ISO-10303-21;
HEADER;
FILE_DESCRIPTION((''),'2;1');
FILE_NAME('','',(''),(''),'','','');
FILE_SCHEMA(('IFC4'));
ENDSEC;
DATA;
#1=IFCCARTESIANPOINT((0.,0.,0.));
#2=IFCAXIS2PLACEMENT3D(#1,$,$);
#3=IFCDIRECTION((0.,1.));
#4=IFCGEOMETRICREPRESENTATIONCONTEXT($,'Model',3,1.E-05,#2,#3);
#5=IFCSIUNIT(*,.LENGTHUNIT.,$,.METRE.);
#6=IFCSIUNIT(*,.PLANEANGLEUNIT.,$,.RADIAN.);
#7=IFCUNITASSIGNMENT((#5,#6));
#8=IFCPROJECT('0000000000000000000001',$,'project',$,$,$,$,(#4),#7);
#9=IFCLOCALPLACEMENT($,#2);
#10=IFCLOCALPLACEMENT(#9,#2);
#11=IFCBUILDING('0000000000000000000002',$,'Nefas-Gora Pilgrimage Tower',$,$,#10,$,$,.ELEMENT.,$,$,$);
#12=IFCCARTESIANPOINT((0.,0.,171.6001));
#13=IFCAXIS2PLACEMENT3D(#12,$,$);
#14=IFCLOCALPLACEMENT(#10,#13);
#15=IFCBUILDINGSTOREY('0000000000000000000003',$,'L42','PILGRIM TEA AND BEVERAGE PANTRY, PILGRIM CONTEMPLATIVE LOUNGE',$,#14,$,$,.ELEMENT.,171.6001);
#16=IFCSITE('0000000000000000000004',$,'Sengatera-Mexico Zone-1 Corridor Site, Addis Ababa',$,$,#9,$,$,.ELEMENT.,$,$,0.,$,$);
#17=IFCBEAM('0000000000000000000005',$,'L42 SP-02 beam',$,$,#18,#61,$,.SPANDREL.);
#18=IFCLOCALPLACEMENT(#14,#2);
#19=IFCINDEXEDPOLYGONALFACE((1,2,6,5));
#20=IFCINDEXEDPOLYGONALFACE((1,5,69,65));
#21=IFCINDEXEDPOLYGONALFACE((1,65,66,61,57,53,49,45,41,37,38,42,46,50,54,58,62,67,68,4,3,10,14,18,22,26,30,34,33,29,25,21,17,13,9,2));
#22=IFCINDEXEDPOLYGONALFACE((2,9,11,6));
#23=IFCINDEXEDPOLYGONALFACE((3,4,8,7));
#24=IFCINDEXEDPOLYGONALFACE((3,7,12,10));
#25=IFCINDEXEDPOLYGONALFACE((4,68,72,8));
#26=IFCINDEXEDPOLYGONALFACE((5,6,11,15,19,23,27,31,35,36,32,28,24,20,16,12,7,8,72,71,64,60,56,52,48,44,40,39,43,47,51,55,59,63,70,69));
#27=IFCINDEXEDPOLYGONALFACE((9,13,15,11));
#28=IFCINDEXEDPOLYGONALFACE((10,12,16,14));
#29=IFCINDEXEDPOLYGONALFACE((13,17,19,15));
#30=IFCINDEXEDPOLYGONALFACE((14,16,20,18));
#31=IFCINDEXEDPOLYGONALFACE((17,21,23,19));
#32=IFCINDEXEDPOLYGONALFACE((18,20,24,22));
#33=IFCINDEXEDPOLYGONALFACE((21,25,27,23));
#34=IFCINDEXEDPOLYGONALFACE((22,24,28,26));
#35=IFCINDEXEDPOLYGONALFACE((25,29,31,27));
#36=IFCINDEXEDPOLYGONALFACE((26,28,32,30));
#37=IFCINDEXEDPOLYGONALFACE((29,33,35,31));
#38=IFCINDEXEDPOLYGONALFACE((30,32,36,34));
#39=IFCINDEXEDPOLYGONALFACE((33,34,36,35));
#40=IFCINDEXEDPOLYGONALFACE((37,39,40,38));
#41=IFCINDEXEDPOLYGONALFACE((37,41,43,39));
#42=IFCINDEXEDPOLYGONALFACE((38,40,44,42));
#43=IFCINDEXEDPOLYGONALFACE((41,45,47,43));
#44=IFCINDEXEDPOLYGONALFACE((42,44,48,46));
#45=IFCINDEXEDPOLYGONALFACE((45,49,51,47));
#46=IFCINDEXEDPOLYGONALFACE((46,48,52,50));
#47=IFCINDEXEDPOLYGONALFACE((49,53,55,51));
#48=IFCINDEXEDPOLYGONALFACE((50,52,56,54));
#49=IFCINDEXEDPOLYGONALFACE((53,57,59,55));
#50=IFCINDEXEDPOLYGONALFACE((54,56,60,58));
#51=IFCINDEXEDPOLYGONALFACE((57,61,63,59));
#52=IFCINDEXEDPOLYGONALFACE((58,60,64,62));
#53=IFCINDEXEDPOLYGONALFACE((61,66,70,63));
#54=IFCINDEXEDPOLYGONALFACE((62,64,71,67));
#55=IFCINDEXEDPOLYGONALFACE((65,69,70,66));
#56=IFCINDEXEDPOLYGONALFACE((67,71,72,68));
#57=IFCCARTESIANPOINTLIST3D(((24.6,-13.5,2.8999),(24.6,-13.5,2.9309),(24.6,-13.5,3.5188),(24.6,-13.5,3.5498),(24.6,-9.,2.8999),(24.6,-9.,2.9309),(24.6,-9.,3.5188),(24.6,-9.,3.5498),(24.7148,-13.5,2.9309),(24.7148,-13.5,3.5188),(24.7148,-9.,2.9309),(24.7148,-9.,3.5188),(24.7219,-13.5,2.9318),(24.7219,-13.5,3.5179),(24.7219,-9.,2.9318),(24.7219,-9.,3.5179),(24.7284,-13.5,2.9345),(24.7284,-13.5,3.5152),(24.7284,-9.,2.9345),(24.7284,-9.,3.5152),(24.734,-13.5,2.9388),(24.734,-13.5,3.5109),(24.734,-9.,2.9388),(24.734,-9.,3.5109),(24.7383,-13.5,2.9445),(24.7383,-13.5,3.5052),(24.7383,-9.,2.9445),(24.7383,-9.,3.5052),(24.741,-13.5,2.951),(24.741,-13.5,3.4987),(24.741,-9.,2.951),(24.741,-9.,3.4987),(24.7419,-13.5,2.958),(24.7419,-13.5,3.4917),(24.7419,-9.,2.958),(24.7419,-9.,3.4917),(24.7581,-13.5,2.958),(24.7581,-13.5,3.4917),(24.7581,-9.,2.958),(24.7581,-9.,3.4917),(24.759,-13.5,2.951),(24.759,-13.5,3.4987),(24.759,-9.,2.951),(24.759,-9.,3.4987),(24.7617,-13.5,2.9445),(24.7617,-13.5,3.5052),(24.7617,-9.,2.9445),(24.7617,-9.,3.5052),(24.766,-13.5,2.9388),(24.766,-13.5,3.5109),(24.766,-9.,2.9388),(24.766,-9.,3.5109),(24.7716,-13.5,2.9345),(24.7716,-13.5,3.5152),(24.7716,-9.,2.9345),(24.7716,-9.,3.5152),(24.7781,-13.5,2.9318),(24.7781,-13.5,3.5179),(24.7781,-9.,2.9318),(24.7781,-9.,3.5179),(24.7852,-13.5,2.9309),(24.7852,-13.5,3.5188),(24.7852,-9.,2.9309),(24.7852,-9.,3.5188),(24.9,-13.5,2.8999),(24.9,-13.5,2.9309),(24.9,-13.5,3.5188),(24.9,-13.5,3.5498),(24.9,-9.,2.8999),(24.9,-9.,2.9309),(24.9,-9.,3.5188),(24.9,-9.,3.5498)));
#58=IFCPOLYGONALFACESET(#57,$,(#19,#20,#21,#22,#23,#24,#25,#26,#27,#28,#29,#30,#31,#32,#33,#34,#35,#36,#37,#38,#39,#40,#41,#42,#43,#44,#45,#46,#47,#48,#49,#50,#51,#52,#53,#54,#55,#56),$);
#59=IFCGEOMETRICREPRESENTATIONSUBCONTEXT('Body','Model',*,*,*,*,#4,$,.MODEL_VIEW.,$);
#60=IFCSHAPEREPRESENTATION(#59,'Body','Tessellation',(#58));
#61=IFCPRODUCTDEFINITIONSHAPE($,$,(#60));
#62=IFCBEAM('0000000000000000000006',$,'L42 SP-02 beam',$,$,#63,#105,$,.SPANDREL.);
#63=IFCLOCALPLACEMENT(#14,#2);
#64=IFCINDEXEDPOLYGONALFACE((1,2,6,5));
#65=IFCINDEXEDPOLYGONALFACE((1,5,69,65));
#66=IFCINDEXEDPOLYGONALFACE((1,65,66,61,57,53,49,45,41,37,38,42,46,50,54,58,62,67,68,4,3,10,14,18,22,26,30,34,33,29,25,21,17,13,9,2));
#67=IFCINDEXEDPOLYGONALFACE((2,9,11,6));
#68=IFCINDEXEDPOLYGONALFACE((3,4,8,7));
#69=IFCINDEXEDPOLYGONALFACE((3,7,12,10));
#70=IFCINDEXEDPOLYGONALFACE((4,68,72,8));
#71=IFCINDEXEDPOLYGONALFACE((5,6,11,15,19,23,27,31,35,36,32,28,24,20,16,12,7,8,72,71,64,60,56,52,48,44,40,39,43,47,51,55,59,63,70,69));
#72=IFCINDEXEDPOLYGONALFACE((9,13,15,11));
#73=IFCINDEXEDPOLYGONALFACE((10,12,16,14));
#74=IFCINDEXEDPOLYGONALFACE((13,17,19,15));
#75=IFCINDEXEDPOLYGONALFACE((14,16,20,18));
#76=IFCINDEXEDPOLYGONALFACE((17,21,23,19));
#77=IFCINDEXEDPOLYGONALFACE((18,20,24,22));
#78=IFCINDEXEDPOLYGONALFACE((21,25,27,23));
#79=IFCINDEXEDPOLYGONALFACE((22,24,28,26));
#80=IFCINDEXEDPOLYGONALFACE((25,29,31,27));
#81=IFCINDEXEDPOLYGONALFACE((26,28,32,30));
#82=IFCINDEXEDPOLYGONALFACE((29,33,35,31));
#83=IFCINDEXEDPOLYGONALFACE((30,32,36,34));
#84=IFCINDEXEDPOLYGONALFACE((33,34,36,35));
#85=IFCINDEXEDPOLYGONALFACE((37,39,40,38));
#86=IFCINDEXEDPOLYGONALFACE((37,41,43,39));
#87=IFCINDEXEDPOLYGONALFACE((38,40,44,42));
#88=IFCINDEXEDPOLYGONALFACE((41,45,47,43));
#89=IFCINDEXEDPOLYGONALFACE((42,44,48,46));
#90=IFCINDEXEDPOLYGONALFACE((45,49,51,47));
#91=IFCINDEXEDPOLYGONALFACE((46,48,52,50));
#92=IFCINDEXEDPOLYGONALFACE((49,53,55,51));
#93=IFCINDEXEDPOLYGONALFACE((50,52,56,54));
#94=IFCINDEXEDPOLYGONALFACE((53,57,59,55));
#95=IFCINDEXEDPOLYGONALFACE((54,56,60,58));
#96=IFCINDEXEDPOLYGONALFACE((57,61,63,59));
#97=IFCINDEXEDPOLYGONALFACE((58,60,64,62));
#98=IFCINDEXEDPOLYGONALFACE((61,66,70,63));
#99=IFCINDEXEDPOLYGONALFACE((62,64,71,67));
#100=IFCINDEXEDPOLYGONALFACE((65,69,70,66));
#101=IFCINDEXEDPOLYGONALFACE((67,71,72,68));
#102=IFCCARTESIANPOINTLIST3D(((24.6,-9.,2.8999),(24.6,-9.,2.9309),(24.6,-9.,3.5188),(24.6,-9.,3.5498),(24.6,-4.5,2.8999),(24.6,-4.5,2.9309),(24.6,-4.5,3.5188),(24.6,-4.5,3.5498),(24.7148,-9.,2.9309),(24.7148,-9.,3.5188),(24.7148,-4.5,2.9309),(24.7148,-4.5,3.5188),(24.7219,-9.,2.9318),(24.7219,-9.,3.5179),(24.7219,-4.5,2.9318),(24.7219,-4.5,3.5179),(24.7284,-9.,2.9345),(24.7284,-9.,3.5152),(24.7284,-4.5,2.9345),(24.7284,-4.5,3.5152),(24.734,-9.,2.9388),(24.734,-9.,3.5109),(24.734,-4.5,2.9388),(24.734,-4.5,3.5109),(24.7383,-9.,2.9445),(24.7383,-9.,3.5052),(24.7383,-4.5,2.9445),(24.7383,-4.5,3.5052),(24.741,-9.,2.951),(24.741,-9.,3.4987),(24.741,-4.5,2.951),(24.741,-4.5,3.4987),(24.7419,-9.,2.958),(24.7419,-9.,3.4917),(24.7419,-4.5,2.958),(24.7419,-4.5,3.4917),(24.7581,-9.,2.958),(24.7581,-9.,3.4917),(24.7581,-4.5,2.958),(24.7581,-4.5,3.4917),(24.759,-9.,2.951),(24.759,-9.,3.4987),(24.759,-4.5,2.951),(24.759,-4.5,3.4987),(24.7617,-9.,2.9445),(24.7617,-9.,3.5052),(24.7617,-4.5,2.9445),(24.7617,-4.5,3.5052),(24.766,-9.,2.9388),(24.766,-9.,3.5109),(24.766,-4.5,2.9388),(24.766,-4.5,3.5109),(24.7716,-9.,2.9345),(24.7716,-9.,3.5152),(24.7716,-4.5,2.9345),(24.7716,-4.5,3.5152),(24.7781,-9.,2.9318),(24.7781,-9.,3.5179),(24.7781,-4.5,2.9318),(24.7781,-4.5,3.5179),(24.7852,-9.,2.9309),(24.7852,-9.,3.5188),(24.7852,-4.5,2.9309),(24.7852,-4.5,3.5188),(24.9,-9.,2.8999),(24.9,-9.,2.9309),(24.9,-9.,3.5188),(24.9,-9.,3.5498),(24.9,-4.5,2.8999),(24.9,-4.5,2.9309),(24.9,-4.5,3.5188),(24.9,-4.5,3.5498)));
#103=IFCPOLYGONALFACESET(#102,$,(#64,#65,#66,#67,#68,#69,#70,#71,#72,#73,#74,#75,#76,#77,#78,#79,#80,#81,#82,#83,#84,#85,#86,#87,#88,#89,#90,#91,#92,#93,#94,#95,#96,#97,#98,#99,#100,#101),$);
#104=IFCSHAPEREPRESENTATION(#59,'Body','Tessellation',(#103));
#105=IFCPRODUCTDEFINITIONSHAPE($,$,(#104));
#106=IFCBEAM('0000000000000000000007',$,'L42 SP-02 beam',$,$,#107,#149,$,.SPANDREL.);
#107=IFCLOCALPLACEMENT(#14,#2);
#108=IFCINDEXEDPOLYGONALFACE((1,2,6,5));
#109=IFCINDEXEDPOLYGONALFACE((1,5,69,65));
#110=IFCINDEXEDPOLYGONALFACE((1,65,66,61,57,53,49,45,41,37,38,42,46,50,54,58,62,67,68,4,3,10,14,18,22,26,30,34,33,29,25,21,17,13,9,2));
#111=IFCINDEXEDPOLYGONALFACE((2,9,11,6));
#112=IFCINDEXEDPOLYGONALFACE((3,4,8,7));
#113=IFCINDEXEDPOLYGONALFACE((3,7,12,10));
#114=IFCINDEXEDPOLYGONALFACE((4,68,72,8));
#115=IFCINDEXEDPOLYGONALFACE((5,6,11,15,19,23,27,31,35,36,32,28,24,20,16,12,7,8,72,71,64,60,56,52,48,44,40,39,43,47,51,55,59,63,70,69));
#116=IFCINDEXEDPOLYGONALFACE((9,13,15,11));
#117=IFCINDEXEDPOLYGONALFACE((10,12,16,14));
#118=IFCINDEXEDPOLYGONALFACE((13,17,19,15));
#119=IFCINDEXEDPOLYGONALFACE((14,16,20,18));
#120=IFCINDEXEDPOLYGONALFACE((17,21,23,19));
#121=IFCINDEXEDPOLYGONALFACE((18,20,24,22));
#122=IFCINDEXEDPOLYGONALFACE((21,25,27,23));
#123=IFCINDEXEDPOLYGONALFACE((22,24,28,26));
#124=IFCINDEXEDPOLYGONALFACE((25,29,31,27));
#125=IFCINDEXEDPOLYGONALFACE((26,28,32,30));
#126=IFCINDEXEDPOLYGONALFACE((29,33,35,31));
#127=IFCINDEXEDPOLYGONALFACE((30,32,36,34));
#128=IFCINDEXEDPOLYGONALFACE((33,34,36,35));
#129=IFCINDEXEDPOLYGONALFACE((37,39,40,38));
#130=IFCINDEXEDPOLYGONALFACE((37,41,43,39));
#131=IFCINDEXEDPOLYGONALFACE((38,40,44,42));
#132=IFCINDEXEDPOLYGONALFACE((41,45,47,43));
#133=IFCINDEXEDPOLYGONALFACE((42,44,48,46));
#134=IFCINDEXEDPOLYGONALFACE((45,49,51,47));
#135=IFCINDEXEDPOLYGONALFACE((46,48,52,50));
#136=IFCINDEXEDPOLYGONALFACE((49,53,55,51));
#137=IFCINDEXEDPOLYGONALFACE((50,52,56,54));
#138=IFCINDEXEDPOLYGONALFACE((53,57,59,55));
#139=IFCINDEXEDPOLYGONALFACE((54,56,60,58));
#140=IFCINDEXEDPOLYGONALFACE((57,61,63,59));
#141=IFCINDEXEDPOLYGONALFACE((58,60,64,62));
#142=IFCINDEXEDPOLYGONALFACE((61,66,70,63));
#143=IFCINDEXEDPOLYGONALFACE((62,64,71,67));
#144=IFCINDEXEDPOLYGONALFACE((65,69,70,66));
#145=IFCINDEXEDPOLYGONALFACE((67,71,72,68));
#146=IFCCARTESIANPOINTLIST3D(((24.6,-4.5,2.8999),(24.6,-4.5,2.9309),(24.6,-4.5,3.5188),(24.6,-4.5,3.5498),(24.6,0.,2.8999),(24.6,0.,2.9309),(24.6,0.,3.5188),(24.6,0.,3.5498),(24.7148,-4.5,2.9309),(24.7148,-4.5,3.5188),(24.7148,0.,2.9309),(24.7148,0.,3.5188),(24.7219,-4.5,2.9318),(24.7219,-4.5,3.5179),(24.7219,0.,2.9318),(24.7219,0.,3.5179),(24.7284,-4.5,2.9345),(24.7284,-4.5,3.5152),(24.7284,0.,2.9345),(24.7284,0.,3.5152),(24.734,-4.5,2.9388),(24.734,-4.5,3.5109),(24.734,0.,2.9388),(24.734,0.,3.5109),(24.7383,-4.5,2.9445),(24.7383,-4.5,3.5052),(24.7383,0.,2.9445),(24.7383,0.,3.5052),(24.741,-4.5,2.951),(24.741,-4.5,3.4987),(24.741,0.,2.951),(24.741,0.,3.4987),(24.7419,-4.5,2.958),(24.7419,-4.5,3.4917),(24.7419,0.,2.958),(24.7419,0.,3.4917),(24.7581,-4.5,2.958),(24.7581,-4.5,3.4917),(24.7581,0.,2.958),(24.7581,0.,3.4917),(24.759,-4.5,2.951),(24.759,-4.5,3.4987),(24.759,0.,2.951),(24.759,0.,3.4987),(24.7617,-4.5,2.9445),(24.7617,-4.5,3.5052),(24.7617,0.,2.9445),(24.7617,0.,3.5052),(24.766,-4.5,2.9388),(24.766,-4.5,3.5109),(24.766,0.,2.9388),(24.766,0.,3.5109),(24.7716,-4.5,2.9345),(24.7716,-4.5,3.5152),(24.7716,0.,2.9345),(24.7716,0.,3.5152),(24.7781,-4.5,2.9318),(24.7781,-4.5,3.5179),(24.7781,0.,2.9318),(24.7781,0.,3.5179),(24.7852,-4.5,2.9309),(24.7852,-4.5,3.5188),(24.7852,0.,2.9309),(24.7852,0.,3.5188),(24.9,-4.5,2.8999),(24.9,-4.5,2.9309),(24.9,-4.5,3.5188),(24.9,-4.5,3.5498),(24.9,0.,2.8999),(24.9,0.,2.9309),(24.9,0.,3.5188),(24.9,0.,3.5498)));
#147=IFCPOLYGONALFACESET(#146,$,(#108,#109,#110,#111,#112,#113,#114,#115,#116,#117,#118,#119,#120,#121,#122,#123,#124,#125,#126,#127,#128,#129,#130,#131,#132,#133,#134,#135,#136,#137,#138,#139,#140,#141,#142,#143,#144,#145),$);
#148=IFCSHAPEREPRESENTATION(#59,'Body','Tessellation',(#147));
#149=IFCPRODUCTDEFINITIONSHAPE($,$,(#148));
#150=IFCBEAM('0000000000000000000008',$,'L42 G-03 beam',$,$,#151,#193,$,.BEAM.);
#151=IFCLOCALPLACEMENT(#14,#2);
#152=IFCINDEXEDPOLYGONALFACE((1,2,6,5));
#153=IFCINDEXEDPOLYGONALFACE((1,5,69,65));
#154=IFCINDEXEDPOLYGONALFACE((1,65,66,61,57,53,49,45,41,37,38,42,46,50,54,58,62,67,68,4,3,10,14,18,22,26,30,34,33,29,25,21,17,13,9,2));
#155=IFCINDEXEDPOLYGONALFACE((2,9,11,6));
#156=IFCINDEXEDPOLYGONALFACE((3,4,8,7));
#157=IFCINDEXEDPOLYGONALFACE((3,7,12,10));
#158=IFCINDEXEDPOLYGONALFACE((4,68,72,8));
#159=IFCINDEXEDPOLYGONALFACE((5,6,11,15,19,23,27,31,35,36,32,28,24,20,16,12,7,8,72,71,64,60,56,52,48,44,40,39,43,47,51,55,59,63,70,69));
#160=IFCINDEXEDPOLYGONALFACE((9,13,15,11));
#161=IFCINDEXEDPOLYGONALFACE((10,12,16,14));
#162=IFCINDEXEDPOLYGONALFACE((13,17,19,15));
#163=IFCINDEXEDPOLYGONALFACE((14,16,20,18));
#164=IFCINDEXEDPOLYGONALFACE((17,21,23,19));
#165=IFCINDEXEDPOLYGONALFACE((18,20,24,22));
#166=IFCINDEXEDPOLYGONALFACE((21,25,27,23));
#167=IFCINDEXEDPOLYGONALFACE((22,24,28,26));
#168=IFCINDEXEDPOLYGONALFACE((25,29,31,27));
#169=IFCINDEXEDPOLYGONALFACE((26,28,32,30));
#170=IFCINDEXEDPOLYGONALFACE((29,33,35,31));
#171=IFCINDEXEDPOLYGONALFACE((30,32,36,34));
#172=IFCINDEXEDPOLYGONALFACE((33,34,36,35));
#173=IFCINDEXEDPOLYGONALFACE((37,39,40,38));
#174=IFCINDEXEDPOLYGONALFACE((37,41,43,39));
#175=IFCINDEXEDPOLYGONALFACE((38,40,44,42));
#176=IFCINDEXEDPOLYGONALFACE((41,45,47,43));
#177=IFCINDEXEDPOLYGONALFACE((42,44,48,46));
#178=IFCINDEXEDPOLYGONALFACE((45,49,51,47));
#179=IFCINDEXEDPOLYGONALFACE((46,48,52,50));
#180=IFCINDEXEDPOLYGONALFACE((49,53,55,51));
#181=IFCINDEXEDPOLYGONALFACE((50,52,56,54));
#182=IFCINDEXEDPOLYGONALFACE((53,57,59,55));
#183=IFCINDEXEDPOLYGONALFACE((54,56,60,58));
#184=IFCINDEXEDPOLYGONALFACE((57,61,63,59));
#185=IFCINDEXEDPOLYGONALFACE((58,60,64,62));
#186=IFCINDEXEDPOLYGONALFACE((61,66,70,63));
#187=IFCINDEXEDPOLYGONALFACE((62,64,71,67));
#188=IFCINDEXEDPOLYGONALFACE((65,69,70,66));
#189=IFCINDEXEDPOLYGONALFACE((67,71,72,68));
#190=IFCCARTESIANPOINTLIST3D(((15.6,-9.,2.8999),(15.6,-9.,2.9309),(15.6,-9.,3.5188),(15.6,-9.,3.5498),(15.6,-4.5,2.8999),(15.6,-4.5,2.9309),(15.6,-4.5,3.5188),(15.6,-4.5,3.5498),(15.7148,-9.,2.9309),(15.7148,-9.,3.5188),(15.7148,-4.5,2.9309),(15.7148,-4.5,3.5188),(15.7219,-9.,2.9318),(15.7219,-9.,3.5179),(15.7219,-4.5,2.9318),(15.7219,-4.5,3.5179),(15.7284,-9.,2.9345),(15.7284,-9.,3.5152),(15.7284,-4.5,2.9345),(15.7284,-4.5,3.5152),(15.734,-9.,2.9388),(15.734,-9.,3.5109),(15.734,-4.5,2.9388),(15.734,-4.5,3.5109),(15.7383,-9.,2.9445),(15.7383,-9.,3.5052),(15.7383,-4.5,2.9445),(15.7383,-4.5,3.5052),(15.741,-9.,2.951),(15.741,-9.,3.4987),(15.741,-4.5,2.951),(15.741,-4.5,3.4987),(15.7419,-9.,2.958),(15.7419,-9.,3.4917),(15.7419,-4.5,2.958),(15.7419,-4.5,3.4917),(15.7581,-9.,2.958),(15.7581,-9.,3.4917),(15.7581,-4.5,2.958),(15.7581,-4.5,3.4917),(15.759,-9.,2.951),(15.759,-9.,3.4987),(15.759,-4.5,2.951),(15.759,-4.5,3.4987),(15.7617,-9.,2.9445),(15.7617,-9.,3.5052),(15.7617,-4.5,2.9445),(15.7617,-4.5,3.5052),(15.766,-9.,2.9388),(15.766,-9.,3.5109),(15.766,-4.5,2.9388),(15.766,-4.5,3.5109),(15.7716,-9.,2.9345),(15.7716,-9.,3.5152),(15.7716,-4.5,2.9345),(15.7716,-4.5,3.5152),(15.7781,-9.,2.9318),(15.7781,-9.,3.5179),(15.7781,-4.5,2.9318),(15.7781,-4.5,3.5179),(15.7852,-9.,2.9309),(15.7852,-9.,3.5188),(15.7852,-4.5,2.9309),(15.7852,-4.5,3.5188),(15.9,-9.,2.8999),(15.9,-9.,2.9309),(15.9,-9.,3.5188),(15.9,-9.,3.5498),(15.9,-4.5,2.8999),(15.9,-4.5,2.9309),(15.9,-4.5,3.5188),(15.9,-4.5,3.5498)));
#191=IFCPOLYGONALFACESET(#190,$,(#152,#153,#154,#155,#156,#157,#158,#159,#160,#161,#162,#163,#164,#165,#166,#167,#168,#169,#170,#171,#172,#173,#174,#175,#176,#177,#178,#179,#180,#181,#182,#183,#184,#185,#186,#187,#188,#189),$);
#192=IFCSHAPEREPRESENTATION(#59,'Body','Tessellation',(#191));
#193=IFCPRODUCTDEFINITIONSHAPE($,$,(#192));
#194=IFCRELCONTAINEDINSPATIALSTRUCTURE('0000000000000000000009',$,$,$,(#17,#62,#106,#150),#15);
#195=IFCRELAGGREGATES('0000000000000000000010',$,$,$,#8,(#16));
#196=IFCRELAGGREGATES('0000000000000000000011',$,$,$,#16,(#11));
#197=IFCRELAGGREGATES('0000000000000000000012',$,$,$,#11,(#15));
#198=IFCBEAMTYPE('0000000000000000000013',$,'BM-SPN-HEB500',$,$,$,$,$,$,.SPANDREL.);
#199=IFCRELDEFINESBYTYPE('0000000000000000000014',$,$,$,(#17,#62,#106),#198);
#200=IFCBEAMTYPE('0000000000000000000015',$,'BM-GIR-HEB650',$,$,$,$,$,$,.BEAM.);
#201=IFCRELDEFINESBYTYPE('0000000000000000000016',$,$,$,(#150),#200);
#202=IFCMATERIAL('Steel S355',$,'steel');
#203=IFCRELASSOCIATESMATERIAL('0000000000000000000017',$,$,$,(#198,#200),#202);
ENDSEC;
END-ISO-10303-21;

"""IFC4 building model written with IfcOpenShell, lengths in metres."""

from ifc_helpers import new_model, si_unit, direction, frame, origin, origin_2d, place, context, subcontext, project, spatial, i_section, extrude, source, transform, mapped, material, material_profile, profile_set, type_object, element, save


model = new_model("IFC4")

# Units and contexts
model_context = context("Model", 3, precision=1e-05, world=origin(), true_north=direction((0.0, 1.0)))
body_context = subcontext(model_context, "Body", "Model", "MODEL_VIEW")
ifc_project = project(units=[si_unit("LENGTHUNIT", "METRE"), si_unit("PLANEANGLEUNIT", "RADIAN")], contexts=[model_context])

# Site, building, storey
site_placement = place(None, origin())
site = spatial("IfcSite", under=ifc_project, at=site_placement, Name="Sengatera-Mexico Zone-1 Corridor Site, Addis Ababa", CompositionType="ELEMENT", RefElevation=0.0)
building_placement = place(site_placement, origin())
building = spatial("IfcBuilding", under=site, at=building_placement, Name="Nefas-Gora Pilgrimage Tower", CompositionType="ELEMENT")
storey_placement = place(building_placement, frame((0.0, 0.0, 171.6001)))
storey = spatial("IfcBuildingStorey", under=building, at=storey_placement, Name="L42", Description="PILGRIM TEA AND BEVERAGE PANTRY, PILGRIM CONTEMPLATIVE LOUNGE", CompositionType="ELEMENT", Elevation=171.6001)

# Beams
ifc_material_1 = material(Name="Steel S355", Category="steel")
ifc_material_profile_1 = material_profile(ifc_material_1, i_section(OverallWidth=0.3, OverallDepth=0.6499, WebThickness=0.0161, FlangeThickness=0.031, FilletRadius=0.0271, at=origin_2d()), Name="HEB 650")
ifc_profile_set_1 = profile_set([ifc_material_profile_1], Name="Steel S355")
beam_type_1 = type_object("IfcBeamType", Name="BM-SPN-HEB500", PredefinedType="SPANDREL", material=ifc_profile_set_1)
shared_shape_1 = source(origin(), body_context, "Body", "SweptSolid", [
    extrude(i_section(OverallWidth=0.3, OverallDepth=0.6499, WebThickness=0.0161, FlangeThickness=0.031, FilletRadius=0.0271, at=origin_2d()), origin(), (0.0, 0.0, 1.0), 4.5),
])
for number, where, z_axis, x_axis, name in (
    (1, (24.75, -13.5, 3.2249), (0.0, 1.0, 0.0), (-1.0, 0.0, 0.0), "L42 SP-02 beam"),
    (2, (24.75, -9.0, 3.2249), (0.0, 1.0, 0.0), (-1.0, 0.0, 0.0), "L42 SP-02 beam"),
    (3, (24.75, -4.5, 3.2249), (0.0, 1.0, 0.0), (-1.0, 0.0, 0.0), "L42 SP-02 beam"),
):
    element("IfcBeam", number, at=place(storey_placement, frame(where, z_axis=z_axis, x_axis=x_axis)), inside=storey, type_object=beam_type_1, Name=name, PredefinedType="SPANDREL", context=body_context, shape_type="MappedRepresentation", body=[
        mapped(shared_shape_1, transform((0.0, 0.0, 0.0), x_axis=(1.0, 0.0, 0.0), y_axis=(0.0, 1.0, 0.0), z_axis=(0.0, 0.0, 1.0), scale=1.0)),
    ])
ifc_material_profile_2 = material_profile(ifc_material_1, i_section(OverallWidth=0.3, OverallDepth=0.6499, WebThickness=0.0161, FlangeThickness=0.031, FilletRadius=0.0271, at=origin_2d()), Name="HEB 650")
ifc_profile_set_2 = profile_set([ifc_material_profile_2], Name="Steel S355")
beam_type_2 = type_object("IfcBeamType", Name="BM-GIR-HEB650", PredefinedType="BEAM", material=ifc_profile_set_2)
shared_shape_2 = source(origin(), body_context, "Body", "SweptSolid", [
    extrude(i_section(OverallWidth=0.3, OverallDepth=0.6499, WebThickness=0.0161, FlangeThickness=0.031, FilletRadius=0.0271, at=origin_2d()), origin(), (0.0, 0.0, 1.0), 4.5),
])
for number, where, z_axis, x_axis, name in (
    (4, (15.75, -9.0, 3.2249), (0.0, 1.0, 0.0), (-1.0, 0.0, 0.0), "L42 G-03 beam"),
):
    element("IfcBeam", number, at=place(storey_placement, frame(where, z_axis=z_axis, x_axis=x_axis)), inside=storey, type_object=beam_type_2, Name=name, PredefinedType="BEAM", context=body_context, shape_type="MappedRepresentation", body=[
        mapped(shared_shape_2, transform((0.0, 0.0, 0.0), x_axis=(1.0, 0.0, 0.0), y_axis=(0.0, 1.0, 0.0), z_axis=(0.0, 0.0, 1.0), scale=1.0)),
    ])

save(model, "model.ifc")
